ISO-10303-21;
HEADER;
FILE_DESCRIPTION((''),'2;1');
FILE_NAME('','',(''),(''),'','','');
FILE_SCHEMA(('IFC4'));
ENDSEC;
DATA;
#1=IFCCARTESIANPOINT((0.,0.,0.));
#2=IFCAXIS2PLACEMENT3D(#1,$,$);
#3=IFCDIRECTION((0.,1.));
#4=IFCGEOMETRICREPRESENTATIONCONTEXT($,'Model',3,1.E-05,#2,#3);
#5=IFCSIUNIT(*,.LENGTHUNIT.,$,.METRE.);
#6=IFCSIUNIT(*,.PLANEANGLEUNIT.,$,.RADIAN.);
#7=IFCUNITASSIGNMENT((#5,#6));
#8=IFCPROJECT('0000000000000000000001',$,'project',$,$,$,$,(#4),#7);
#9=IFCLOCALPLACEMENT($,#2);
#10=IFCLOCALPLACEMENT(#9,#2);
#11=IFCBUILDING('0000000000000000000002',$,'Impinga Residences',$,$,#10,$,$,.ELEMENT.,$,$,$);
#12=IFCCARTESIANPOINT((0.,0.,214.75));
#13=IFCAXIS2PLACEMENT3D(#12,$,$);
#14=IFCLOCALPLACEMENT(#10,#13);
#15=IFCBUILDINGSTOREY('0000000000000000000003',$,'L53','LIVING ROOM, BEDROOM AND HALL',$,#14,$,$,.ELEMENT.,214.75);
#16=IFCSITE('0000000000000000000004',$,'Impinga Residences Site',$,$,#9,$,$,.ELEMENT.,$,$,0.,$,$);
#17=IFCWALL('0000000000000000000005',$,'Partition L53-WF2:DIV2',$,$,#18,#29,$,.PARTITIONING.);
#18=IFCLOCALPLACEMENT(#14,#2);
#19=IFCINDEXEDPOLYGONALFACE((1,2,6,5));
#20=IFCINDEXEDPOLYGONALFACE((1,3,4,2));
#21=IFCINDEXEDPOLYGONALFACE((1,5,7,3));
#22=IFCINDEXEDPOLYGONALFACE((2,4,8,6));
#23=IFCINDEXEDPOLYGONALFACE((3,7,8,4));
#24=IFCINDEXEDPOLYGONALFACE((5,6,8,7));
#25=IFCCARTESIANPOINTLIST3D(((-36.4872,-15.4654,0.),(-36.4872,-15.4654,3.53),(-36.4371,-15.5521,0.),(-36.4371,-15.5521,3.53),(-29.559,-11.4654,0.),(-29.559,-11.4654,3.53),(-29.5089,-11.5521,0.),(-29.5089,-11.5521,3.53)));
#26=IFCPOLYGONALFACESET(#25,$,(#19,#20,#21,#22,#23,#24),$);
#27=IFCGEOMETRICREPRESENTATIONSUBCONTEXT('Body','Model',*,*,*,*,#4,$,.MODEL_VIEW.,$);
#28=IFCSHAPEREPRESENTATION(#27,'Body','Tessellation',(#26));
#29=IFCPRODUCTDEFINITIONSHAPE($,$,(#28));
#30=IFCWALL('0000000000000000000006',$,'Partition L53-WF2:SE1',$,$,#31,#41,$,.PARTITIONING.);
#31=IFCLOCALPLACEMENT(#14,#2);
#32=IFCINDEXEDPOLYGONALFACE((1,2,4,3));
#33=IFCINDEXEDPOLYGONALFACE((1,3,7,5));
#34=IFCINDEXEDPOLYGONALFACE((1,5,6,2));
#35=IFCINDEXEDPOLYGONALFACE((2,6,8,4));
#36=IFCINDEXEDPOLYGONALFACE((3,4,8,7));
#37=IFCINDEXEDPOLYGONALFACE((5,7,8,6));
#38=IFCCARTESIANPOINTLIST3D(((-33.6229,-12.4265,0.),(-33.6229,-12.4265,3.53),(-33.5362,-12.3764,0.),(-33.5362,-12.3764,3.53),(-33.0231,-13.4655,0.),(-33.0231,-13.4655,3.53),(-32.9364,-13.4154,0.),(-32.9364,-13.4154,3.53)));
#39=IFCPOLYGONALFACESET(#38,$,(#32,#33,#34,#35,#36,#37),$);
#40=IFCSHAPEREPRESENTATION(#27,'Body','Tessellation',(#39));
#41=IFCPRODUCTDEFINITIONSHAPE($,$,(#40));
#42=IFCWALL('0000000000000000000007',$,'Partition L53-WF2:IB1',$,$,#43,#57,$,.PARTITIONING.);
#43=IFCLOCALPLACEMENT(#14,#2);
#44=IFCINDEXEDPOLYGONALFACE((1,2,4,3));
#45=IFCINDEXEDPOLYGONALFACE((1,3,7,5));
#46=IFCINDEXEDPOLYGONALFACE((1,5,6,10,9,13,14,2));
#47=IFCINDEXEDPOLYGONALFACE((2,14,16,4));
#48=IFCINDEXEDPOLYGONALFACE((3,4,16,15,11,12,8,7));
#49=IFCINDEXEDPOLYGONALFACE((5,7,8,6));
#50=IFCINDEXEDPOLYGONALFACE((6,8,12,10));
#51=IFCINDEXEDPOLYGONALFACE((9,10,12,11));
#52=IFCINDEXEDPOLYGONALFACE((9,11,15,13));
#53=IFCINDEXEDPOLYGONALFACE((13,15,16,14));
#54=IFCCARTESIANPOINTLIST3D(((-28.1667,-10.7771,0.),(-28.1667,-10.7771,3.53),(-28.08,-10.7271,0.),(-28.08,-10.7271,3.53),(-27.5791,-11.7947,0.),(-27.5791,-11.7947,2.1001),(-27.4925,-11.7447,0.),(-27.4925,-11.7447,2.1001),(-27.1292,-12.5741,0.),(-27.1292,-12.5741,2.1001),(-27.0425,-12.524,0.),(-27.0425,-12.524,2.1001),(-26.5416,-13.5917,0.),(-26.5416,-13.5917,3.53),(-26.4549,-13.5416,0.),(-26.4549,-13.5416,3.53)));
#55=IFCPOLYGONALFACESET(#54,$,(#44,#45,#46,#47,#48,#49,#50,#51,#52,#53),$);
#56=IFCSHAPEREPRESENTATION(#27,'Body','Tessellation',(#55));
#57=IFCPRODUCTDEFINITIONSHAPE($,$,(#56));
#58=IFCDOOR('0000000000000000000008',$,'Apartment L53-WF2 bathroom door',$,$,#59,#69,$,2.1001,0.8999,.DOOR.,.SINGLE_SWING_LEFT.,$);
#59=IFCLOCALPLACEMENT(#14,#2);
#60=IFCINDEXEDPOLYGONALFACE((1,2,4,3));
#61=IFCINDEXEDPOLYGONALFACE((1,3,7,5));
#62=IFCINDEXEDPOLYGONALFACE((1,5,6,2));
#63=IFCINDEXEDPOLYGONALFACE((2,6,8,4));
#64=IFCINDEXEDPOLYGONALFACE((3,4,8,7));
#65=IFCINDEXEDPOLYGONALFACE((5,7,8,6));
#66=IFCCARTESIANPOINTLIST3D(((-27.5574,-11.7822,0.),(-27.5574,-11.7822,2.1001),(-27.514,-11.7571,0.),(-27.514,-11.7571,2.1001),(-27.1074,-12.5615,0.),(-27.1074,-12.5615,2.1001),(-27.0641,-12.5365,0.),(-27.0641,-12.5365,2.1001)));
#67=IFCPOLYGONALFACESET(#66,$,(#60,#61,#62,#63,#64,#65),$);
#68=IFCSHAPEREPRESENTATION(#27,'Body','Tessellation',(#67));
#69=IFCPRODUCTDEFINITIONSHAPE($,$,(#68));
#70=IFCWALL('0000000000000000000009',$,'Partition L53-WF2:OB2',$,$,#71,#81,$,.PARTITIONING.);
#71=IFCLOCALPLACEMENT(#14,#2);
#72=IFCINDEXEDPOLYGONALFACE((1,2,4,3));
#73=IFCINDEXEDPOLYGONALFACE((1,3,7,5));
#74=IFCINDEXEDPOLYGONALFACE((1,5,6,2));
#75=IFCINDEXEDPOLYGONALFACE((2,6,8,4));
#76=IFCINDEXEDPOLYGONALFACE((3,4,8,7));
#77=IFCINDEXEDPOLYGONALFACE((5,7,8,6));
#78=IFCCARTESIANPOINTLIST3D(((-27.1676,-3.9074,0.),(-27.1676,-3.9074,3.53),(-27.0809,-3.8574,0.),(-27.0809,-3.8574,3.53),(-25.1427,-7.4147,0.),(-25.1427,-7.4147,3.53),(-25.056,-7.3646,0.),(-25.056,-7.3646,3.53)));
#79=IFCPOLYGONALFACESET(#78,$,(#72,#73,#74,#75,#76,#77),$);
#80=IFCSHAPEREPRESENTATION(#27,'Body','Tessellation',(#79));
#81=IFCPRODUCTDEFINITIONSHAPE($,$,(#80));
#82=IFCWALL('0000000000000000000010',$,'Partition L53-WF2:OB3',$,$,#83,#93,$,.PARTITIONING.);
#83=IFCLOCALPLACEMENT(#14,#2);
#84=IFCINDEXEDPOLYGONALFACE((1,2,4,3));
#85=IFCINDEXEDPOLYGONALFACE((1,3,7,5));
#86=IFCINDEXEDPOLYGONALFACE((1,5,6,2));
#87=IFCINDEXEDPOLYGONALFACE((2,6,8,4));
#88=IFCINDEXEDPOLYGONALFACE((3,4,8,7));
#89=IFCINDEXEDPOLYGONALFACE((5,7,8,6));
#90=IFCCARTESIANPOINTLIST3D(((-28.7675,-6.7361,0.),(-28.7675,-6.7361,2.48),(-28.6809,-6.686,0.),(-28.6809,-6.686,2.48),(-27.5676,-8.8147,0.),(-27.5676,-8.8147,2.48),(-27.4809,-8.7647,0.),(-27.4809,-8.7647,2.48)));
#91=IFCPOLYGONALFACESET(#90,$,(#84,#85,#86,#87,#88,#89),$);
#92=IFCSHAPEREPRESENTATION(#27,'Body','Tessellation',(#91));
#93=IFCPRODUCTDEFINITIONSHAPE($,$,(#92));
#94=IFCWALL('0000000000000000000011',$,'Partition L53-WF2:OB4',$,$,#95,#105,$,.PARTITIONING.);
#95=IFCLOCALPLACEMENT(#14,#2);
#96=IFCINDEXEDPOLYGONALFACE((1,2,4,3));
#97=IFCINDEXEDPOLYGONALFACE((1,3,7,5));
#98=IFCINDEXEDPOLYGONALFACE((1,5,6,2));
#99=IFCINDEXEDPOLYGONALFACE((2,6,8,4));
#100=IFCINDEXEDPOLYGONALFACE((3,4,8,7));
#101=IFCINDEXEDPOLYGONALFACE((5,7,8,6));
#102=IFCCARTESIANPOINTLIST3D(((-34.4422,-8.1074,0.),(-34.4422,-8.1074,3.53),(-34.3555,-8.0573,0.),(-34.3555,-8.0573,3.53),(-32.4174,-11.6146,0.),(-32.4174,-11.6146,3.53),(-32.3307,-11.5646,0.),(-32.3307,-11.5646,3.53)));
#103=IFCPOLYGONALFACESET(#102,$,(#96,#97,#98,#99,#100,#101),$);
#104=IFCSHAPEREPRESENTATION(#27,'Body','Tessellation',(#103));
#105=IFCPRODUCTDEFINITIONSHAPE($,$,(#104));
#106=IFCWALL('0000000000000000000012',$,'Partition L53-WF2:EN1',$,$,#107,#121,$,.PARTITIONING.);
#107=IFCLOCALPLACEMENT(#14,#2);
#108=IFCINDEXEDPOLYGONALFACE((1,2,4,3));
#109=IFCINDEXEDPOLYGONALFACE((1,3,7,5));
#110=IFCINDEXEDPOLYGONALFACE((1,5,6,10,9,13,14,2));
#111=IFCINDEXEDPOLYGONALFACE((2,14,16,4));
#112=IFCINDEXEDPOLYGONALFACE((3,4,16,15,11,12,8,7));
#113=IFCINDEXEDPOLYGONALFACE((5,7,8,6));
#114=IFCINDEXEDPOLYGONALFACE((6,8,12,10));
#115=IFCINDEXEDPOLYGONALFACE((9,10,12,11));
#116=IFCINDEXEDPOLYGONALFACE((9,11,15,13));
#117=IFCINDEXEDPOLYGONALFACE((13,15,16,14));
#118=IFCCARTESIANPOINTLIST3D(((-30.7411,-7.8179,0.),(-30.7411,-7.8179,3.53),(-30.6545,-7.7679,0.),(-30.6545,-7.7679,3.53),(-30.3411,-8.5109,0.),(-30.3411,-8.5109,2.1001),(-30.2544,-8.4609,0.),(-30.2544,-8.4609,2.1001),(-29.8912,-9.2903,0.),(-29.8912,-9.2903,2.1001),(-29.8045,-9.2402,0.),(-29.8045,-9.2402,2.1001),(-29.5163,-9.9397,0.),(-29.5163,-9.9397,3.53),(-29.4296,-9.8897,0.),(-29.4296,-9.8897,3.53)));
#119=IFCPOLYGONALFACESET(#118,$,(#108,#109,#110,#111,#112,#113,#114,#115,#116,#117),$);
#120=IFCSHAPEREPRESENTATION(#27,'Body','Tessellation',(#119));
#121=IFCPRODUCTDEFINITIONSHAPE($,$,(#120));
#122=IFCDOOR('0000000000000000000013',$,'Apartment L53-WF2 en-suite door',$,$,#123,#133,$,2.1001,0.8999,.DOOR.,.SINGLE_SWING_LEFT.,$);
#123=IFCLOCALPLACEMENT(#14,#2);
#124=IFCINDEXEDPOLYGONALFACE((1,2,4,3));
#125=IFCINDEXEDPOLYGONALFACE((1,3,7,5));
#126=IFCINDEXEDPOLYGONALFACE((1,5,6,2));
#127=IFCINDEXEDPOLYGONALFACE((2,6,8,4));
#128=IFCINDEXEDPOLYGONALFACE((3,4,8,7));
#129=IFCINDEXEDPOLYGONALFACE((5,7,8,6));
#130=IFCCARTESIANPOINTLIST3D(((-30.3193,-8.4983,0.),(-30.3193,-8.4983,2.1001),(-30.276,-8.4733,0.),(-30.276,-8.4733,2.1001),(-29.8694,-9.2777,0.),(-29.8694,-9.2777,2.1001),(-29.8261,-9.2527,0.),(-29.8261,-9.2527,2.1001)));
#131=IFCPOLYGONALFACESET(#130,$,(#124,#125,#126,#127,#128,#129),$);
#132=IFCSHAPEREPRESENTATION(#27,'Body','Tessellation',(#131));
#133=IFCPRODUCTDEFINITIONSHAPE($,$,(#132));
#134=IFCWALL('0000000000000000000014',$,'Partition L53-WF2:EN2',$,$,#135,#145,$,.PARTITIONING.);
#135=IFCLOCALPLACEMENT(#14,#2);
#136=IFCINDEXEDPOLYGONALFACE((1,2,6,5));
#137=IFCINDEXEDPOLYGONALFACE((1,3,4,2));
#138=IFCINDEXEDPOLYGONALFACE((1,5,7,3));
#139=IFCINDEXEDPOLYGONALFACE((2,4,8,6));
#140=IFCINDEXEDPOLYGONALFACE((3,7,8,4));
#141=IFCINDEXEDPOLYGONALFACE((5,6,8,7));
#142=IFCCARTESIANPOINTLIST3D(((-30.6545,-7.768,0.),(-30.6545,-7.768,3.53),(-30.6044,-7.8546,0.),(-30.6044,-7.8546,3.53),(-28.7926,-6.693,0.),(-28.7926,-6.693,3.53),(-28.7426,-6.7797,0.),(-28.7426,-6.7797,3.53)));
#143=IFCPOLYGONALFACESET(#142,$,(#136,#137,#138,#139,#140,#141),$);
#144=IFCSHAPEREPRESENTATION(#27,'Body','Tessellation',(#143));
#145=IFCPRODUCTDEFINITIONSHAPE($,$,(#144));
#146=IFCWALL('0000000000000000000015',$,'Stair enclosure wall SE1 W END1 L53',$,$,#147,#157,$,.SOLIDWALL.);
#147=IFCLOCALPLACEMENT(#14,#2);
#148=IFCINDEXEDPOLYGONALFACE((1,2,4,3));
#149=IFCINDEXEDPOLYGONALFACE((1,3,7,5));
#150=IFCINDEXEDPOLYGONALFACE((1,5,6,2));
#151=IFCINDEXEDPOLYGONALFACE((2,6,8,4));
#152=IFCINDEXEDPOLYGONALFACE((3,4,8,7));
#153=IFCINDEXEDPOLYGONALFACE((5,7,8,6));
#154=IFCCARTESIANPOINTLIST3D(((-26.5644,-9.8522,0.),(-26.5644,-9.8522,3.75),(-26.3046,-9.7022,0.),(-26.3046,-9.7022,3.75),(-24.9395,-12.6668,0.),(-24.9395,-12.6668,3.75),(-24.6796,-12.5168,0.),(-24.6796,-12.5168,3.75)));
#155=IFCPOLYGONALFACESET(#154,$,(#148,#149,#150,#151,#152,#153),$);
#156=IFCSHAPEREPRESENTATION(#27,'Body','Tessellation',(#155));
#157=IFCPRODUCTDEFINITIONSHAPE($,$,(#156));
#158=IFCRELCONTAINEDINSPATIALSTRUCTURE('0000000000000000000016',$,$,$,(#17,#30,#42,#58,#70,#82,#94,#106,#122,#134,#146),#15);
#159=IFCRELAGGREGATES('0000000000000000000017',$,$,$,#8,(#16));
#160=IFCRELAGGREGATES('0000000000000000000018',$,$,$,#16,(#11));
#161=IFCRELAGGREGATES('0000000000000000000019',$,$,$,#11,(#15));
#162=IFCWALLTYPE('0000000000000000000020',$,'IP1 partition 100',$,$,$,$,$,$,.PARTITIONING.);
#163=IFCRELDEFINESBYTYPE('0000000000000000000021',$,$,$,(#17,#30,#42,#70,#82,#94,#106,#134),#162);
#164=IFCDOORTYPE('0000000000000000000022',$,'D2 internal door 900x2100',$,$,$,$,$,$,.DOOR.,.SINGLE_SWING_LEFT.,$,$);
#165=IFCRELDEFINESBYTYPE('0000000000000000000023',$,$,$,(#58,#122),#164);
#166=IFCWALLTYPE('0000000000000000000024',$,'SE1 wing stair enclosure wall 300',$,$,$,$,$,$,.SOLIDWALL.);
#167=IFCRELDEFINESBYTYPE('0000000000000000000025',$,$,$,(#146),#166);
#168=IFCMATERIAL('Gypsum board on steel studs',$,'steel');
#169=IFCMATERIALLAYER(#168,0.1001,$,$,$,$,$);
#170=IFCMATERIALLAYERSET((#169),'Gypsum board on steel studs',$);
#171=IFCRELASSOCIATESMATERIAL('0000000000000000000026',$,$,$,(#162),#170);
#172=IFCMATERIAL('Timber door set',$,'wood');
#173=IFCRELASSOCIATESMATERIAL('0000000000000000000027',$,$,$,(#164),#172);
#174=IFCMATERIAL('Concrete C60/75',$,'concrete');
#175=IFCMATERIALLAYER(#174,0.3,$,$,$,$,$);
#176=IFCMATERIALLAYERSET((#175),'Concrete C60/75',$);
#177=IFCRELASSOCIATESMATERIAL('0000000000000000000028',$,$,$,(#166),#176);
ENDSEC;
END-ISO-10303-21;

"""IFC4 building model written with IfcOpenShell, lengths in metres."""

from ifc_helpers import new_model, si_unit, direction, frame, frame_2d, origin, place, context, subcontext, project, spatial, rectangle, extrude, material, layer, layer_set, type_object, element, fill, save


model = new_model("IFC4")

# Units and contexts
model_context = context("Model", 3, precision=1e-05, world=origin(), true_north=direction((0.0, 1.0)))
body_context = subcontext(model_context, "Body", "Model", "MODEL_VIEW")
ifc_project = project(units=[si_unit("LENGTHUNIT", "METRE"), si_unit("PLANEANGLEUNIT", "RADIAN")], contexts=[model_context])

# Site, building, storey
site_placement = place(None, origin())
site = spatial("IfcSite", under=ifc_project, at=site_placement, Name="Impinga Residences Site", CompositionType="ELEMENT", RefElevation=0.0)
building_placement = place(site_placement, origin())
building = spatial("IfcBuilding", under=site, at=building_placement, Name="Impinga Residences", CompositionType="ELEMENT")
storey_placement = place(building_placement, frame((0.0, 0.0, 214.75)))
storey = spatial("IfcBuildingStorey", under=building, at=storey_placement, Name="L53", Description="LIVING ROOM, BEDROOM AND HALL", CompositionType="ELEMENT", Elevation=214.75)

# Shared definitions
ifc_material_1 = material(Name="Concrete C60/75", Category="concrete")

# Walls
ifc_material_2 = material(Name="Gypsum board on steel studs", Category="steel")
ifc_layer_1 = layer(ifc_material_2, 0.1001)
ifc_layer_set_1 = layer_set([ifc_layer_1], Name="Gypsum board on steel studs")
wall_type_1 = type_object("IfcWallType", Name="IP1 partition 100", PredefinedType="PARTITIONING", material=ifc_layer_set_1)
wall_1_placement = place(storey_placement, frame((-29.5339, -11.5088, 0.0), z_axis=(0.0, 0.0, 1.0), x_axis=(-0.866026, -0.499999, 0.0)))
element("IfcWall", 1, at=wall_1_placement, inside=storey, type_object=wall_type_1, Name="Partition L53-WF2:DIV2", PredefinedType="PARTITIONING", context=body_context, shape_type="SweptSolid", body=[
    extrude(rectangle(XDim=8.0, YDim=0.1001, at=frame_2d((4.0, 0.0))), origin(), (0.0, 0.0, 1.0), 3.53),
])
wall_2_placement = place(storey_placement, frame((-32.9797, -13.4404, 0.0), z_axis=(0.0, 0.0, 1.0), x_axis=(-0.499969, 0.866043, 0.0)))
element("IfcWall", 2, at=wall_2_placement, inside=storey, type_object=wall_type_1, Name="Partition L53-WF2:SE1", PredefinedType="PARTITIONING", context=body_context, shape_type="SweptSolid", body=[
    extrude(rectangle(XDim=1.1997, YDim=0.1001, at=frame_2d((0.5999, 0.0))), origin(), (0.0, 0.0, 1.0), 3.53),
])

# Wall, opening, door
wall_3_placement = place(storey_placement, frame((-26.4983, -13.5667, 0.0), z_axis=(0.0, 0.0, 1.0), x_axis=(-0.500017, 0.866015, 0.0)))
wall_3 = element("IfcWall", 3, at=wall_3_placement, inside=storey, type_object=wall_type_1, Name="Partition L53-WF2:IB1", PredefinedType="PARTITIONING", context=body_context, shape_type="SweptSolid", body=[
    extrude(rectangle(XDim=3.25, YDim=0.1001, at=frame_2d((1.625, 0.0))), origin(), (0.0, 0.0, 1.0), 3.53),
])
opening_1_placement = place(wall_3_placement, frame((1.175, 0.0, 0.0)))
opening_1 = element("IfcOpeningElement", 4, at=opening_1_placement, cuts=wall_3, PredefinedType="OPENING", context=body_context, shape_type="SweptSolid", body=[
    extrude(rectangle(XDim=0.8999, YDim=2.1001, at=frame_2d((0.45, 1.05))), frame((0.0, 0.0601, 0.0), z_axis=(0.0, -1.0, 0.0), x_axis=(1.0, 0.0, 0.0)), (0.0, 0.0, 1.0), 0.1201),
])
ifc_material_3 = material(Name="Timber door set", Category="wood")
door_type = type_object("IfcDoorType", Name="D2 internal door 900x2100", OperationType="SINGLE_SWING_LEFT", PredefinedType="DOOR", material=ifc_material_3)
door_1_placement = place(opening_1_placement, origin())
door_1 = element("IfcDoor", 5, at=door_1_placement, inside=storey, type_object=door_type, Name="Apartment L53-WF2 bathroom door", OperationType="SINGLE_SWING_LEFT", OverallHeight=2.1001, OverallWidth=0.8999, PredefinedType="DOOR", context=body_context, shape_type="SweptSolid", body=[
    extrude(rectangle(XDim=0.8999, YDim=2.1001, at=frame_2d((0.45, 1.05))), frame((0.0, 0.0249, 0.0), z_axis=(0.0, -1.0, 0.0), x_axis=(1.0, 0.0, 0.0)), (0.0, 0.0, 1.0), 0.05),
])
fill(opening_1, door_1)

# Walls
wall_4_placement = place(storey_placement, frame((-25.0994, -7.3896, 0.0), z_axis=(0.0, 0.0, 1.0), x_axis=(-0.49999, 0.866031, 0.0)))
element("IfcWall", 6, at=wall_4_placement, inside=storey, type_object=wall_type_1, Name="Partition L53-WF2:OB2", PredefinedType="PARTITIONING", context=body_context, shape_type="SweptSolid", body=[
    extrude(rectangle(XDim=4.0498, YDim=0.1001, at=frame_2d((2.0249, 0.0))), origin(), (0.0, 0.0, 1.0), 3.53),
])
wall_5_placement = place(storey_placement, frame((-27.5242, -8.7898, 0.0), z_axis=(0.0, 0.0, 1.0), x_axis=(-0.499957, 0.86605, 0.0)))
element("IfcWall", 7, at=wall_5_placement, inside=storey, type_object=wall_type_1, Name="Partition L53-WF2:OB3", PredefinedType="PARTITIONING", context=body_context, shape_type="SweptSolid", body=[
    extrude(rectangle(XDim=2.4001, YDim=0.1001, at=frame_2d((1.2002, 0.0))), origin(), (0.0, 0.0, 1.0), 2.48),
])
wall_6_placement = place(storey_placement, frame((-32.374, -11.5896, 0.0), z_axis=(0.0, 0.0, 1.0), x_axis=(-0.49999, 0.866031, 0.0)))
element("IfcWall", 8, at=wall_6_placement, inside=storey, type_object=wall_type_1, Name="Partition L53-WF2:OB4", PredefinedType="PARTITIONING", context=body_context, shape_type="SweptSolid", body=[
    extrude(rectangle(XDim=4.0498, YDim=0.1001, at=frame_2d((2.0249, 0.0))), origin(), (0.0, 0.0, 1.0), 3.53),
])

# Wall, opening, door
wall_7_placement = place(storey_placement, frame((-29.4729, -9.9148, 0.0), z_axis=(0.0, 0.0, 1.0), x_axis=(-0.499944, 0.866058, 0.0)))
wall_7 = element("IfcWall", 9, at=wall_7_placement, inside=storey, type_object=wall_type_1, Name="Partition L53-WF2:EN1", PredefinedType="PARTITIONING", context=body_context, shape_type="SweptSolid", body=[
    extrude(rectangle(XDim=2.45, YDim=0.1001, at=frame_2d((1.2251, 0.0))), origin(), (0.0, 0.0, 1.0), 3.53),
])
opening_2_placement = place(wall_7_placement, frame((0.75, 0.0, 0.0)))
opening_2 = element("IfcOpeningElement", 10, at=opening_2_placement, cuts=wall_7, PredefinedType="OPENING", context=body_context, shape_type="SweptSolid", body=[
    extrude(rectangle(XDim=0.8999, YDim=2.1001, at=frame_2d((0.45, 1.05))), frame((0.0, 0.0601, 0.0), z_axis=(0.0, -1.0, 0.0), x_axis=(1.0, 0.0, 0.0)), (0.0, 0.0, 1.0), 0.1201),
])
door_2_placement = place(opening_2_placement, origin())
door_2 = element("IfcDoor", 11, at=door_2_placement, inside=storey, type_object=door_type, Name="Apartment L53-WF2 en-suite door", OperationType="SINGLE_SWING_LEFT", OverallHeight=2.1001, OverallWidth=0.8999, PredefinedType="DOOR", context=body_context, shape_type="SweptSolid", body=[
    extrude(rectangle(XDim=0.8999, YDim=2.1001, at=frame_2d((0.45, 1.05))), frame((0.0, 0.0249, 0.0), z_axis=(0.0, -1.0, 0.0), x_axis=(1.0, 0.0, 0.0)), (0.0, 0.0, 1.0), 0.05),
])
fill(opening_2, door_2)

# Walls
wall_8_placement = place(storey_placement, frame((-28.7676, -6.7363, 0.0), z_axis=(0.0, 0.0, 1.0), x_axis=(-0.866019, -0.500011, 0.0)))
element("IfcWall", 12, at=wall_8_placement, inside=storey, type_object=wall_type_1, Name="Partition L53-WF2:EN2", PredefinedType="PARTITIONING", context=body_context, shape_type="SweptSolid", body=[
    extrude(rectangle(XDim=2.1499, YDim=0.1001, at=frame_2d((1.075, 0.0))), origin(), (0.0, 0.0, 1.0), 3.53),
])
ifc_layer_2 = layer(ifc_material_1, 0.3)
ifc_layer_set_2 = layer_set([ifc_layer_2], Name="Concrete C60/75")
wall_type_2 = type_object("IfcWallType", Name="SE1 wing stair enclosure wall 300", PredefinedType="SOLIDWALL", material=ifc_layer_set_2)
wall_9_placement = place(storey_placement, frame((-24.8096, -12.5918, 0.0), z_axis=(0.0, 0.0, 1.0), x_axis=(-0.499985, 0.866034, 0.0)))
element("IfcWall", 13, at=wall_9_placement, inside=storey, type_object=wall_type_2, Name="Stair enclosure wall SE1 W END1 L53", PredefinedType="SOLIDWALL", context=body_context, shape_type="SweptSolid", body=[
    extrude(rectangle(XDim=3.25, YDim=0.3, at=frame_2d((1.625, 0.0))), origin(), (0.0, 0.0, 1.0), 3.75),
])

save(model, "model.ifc")
